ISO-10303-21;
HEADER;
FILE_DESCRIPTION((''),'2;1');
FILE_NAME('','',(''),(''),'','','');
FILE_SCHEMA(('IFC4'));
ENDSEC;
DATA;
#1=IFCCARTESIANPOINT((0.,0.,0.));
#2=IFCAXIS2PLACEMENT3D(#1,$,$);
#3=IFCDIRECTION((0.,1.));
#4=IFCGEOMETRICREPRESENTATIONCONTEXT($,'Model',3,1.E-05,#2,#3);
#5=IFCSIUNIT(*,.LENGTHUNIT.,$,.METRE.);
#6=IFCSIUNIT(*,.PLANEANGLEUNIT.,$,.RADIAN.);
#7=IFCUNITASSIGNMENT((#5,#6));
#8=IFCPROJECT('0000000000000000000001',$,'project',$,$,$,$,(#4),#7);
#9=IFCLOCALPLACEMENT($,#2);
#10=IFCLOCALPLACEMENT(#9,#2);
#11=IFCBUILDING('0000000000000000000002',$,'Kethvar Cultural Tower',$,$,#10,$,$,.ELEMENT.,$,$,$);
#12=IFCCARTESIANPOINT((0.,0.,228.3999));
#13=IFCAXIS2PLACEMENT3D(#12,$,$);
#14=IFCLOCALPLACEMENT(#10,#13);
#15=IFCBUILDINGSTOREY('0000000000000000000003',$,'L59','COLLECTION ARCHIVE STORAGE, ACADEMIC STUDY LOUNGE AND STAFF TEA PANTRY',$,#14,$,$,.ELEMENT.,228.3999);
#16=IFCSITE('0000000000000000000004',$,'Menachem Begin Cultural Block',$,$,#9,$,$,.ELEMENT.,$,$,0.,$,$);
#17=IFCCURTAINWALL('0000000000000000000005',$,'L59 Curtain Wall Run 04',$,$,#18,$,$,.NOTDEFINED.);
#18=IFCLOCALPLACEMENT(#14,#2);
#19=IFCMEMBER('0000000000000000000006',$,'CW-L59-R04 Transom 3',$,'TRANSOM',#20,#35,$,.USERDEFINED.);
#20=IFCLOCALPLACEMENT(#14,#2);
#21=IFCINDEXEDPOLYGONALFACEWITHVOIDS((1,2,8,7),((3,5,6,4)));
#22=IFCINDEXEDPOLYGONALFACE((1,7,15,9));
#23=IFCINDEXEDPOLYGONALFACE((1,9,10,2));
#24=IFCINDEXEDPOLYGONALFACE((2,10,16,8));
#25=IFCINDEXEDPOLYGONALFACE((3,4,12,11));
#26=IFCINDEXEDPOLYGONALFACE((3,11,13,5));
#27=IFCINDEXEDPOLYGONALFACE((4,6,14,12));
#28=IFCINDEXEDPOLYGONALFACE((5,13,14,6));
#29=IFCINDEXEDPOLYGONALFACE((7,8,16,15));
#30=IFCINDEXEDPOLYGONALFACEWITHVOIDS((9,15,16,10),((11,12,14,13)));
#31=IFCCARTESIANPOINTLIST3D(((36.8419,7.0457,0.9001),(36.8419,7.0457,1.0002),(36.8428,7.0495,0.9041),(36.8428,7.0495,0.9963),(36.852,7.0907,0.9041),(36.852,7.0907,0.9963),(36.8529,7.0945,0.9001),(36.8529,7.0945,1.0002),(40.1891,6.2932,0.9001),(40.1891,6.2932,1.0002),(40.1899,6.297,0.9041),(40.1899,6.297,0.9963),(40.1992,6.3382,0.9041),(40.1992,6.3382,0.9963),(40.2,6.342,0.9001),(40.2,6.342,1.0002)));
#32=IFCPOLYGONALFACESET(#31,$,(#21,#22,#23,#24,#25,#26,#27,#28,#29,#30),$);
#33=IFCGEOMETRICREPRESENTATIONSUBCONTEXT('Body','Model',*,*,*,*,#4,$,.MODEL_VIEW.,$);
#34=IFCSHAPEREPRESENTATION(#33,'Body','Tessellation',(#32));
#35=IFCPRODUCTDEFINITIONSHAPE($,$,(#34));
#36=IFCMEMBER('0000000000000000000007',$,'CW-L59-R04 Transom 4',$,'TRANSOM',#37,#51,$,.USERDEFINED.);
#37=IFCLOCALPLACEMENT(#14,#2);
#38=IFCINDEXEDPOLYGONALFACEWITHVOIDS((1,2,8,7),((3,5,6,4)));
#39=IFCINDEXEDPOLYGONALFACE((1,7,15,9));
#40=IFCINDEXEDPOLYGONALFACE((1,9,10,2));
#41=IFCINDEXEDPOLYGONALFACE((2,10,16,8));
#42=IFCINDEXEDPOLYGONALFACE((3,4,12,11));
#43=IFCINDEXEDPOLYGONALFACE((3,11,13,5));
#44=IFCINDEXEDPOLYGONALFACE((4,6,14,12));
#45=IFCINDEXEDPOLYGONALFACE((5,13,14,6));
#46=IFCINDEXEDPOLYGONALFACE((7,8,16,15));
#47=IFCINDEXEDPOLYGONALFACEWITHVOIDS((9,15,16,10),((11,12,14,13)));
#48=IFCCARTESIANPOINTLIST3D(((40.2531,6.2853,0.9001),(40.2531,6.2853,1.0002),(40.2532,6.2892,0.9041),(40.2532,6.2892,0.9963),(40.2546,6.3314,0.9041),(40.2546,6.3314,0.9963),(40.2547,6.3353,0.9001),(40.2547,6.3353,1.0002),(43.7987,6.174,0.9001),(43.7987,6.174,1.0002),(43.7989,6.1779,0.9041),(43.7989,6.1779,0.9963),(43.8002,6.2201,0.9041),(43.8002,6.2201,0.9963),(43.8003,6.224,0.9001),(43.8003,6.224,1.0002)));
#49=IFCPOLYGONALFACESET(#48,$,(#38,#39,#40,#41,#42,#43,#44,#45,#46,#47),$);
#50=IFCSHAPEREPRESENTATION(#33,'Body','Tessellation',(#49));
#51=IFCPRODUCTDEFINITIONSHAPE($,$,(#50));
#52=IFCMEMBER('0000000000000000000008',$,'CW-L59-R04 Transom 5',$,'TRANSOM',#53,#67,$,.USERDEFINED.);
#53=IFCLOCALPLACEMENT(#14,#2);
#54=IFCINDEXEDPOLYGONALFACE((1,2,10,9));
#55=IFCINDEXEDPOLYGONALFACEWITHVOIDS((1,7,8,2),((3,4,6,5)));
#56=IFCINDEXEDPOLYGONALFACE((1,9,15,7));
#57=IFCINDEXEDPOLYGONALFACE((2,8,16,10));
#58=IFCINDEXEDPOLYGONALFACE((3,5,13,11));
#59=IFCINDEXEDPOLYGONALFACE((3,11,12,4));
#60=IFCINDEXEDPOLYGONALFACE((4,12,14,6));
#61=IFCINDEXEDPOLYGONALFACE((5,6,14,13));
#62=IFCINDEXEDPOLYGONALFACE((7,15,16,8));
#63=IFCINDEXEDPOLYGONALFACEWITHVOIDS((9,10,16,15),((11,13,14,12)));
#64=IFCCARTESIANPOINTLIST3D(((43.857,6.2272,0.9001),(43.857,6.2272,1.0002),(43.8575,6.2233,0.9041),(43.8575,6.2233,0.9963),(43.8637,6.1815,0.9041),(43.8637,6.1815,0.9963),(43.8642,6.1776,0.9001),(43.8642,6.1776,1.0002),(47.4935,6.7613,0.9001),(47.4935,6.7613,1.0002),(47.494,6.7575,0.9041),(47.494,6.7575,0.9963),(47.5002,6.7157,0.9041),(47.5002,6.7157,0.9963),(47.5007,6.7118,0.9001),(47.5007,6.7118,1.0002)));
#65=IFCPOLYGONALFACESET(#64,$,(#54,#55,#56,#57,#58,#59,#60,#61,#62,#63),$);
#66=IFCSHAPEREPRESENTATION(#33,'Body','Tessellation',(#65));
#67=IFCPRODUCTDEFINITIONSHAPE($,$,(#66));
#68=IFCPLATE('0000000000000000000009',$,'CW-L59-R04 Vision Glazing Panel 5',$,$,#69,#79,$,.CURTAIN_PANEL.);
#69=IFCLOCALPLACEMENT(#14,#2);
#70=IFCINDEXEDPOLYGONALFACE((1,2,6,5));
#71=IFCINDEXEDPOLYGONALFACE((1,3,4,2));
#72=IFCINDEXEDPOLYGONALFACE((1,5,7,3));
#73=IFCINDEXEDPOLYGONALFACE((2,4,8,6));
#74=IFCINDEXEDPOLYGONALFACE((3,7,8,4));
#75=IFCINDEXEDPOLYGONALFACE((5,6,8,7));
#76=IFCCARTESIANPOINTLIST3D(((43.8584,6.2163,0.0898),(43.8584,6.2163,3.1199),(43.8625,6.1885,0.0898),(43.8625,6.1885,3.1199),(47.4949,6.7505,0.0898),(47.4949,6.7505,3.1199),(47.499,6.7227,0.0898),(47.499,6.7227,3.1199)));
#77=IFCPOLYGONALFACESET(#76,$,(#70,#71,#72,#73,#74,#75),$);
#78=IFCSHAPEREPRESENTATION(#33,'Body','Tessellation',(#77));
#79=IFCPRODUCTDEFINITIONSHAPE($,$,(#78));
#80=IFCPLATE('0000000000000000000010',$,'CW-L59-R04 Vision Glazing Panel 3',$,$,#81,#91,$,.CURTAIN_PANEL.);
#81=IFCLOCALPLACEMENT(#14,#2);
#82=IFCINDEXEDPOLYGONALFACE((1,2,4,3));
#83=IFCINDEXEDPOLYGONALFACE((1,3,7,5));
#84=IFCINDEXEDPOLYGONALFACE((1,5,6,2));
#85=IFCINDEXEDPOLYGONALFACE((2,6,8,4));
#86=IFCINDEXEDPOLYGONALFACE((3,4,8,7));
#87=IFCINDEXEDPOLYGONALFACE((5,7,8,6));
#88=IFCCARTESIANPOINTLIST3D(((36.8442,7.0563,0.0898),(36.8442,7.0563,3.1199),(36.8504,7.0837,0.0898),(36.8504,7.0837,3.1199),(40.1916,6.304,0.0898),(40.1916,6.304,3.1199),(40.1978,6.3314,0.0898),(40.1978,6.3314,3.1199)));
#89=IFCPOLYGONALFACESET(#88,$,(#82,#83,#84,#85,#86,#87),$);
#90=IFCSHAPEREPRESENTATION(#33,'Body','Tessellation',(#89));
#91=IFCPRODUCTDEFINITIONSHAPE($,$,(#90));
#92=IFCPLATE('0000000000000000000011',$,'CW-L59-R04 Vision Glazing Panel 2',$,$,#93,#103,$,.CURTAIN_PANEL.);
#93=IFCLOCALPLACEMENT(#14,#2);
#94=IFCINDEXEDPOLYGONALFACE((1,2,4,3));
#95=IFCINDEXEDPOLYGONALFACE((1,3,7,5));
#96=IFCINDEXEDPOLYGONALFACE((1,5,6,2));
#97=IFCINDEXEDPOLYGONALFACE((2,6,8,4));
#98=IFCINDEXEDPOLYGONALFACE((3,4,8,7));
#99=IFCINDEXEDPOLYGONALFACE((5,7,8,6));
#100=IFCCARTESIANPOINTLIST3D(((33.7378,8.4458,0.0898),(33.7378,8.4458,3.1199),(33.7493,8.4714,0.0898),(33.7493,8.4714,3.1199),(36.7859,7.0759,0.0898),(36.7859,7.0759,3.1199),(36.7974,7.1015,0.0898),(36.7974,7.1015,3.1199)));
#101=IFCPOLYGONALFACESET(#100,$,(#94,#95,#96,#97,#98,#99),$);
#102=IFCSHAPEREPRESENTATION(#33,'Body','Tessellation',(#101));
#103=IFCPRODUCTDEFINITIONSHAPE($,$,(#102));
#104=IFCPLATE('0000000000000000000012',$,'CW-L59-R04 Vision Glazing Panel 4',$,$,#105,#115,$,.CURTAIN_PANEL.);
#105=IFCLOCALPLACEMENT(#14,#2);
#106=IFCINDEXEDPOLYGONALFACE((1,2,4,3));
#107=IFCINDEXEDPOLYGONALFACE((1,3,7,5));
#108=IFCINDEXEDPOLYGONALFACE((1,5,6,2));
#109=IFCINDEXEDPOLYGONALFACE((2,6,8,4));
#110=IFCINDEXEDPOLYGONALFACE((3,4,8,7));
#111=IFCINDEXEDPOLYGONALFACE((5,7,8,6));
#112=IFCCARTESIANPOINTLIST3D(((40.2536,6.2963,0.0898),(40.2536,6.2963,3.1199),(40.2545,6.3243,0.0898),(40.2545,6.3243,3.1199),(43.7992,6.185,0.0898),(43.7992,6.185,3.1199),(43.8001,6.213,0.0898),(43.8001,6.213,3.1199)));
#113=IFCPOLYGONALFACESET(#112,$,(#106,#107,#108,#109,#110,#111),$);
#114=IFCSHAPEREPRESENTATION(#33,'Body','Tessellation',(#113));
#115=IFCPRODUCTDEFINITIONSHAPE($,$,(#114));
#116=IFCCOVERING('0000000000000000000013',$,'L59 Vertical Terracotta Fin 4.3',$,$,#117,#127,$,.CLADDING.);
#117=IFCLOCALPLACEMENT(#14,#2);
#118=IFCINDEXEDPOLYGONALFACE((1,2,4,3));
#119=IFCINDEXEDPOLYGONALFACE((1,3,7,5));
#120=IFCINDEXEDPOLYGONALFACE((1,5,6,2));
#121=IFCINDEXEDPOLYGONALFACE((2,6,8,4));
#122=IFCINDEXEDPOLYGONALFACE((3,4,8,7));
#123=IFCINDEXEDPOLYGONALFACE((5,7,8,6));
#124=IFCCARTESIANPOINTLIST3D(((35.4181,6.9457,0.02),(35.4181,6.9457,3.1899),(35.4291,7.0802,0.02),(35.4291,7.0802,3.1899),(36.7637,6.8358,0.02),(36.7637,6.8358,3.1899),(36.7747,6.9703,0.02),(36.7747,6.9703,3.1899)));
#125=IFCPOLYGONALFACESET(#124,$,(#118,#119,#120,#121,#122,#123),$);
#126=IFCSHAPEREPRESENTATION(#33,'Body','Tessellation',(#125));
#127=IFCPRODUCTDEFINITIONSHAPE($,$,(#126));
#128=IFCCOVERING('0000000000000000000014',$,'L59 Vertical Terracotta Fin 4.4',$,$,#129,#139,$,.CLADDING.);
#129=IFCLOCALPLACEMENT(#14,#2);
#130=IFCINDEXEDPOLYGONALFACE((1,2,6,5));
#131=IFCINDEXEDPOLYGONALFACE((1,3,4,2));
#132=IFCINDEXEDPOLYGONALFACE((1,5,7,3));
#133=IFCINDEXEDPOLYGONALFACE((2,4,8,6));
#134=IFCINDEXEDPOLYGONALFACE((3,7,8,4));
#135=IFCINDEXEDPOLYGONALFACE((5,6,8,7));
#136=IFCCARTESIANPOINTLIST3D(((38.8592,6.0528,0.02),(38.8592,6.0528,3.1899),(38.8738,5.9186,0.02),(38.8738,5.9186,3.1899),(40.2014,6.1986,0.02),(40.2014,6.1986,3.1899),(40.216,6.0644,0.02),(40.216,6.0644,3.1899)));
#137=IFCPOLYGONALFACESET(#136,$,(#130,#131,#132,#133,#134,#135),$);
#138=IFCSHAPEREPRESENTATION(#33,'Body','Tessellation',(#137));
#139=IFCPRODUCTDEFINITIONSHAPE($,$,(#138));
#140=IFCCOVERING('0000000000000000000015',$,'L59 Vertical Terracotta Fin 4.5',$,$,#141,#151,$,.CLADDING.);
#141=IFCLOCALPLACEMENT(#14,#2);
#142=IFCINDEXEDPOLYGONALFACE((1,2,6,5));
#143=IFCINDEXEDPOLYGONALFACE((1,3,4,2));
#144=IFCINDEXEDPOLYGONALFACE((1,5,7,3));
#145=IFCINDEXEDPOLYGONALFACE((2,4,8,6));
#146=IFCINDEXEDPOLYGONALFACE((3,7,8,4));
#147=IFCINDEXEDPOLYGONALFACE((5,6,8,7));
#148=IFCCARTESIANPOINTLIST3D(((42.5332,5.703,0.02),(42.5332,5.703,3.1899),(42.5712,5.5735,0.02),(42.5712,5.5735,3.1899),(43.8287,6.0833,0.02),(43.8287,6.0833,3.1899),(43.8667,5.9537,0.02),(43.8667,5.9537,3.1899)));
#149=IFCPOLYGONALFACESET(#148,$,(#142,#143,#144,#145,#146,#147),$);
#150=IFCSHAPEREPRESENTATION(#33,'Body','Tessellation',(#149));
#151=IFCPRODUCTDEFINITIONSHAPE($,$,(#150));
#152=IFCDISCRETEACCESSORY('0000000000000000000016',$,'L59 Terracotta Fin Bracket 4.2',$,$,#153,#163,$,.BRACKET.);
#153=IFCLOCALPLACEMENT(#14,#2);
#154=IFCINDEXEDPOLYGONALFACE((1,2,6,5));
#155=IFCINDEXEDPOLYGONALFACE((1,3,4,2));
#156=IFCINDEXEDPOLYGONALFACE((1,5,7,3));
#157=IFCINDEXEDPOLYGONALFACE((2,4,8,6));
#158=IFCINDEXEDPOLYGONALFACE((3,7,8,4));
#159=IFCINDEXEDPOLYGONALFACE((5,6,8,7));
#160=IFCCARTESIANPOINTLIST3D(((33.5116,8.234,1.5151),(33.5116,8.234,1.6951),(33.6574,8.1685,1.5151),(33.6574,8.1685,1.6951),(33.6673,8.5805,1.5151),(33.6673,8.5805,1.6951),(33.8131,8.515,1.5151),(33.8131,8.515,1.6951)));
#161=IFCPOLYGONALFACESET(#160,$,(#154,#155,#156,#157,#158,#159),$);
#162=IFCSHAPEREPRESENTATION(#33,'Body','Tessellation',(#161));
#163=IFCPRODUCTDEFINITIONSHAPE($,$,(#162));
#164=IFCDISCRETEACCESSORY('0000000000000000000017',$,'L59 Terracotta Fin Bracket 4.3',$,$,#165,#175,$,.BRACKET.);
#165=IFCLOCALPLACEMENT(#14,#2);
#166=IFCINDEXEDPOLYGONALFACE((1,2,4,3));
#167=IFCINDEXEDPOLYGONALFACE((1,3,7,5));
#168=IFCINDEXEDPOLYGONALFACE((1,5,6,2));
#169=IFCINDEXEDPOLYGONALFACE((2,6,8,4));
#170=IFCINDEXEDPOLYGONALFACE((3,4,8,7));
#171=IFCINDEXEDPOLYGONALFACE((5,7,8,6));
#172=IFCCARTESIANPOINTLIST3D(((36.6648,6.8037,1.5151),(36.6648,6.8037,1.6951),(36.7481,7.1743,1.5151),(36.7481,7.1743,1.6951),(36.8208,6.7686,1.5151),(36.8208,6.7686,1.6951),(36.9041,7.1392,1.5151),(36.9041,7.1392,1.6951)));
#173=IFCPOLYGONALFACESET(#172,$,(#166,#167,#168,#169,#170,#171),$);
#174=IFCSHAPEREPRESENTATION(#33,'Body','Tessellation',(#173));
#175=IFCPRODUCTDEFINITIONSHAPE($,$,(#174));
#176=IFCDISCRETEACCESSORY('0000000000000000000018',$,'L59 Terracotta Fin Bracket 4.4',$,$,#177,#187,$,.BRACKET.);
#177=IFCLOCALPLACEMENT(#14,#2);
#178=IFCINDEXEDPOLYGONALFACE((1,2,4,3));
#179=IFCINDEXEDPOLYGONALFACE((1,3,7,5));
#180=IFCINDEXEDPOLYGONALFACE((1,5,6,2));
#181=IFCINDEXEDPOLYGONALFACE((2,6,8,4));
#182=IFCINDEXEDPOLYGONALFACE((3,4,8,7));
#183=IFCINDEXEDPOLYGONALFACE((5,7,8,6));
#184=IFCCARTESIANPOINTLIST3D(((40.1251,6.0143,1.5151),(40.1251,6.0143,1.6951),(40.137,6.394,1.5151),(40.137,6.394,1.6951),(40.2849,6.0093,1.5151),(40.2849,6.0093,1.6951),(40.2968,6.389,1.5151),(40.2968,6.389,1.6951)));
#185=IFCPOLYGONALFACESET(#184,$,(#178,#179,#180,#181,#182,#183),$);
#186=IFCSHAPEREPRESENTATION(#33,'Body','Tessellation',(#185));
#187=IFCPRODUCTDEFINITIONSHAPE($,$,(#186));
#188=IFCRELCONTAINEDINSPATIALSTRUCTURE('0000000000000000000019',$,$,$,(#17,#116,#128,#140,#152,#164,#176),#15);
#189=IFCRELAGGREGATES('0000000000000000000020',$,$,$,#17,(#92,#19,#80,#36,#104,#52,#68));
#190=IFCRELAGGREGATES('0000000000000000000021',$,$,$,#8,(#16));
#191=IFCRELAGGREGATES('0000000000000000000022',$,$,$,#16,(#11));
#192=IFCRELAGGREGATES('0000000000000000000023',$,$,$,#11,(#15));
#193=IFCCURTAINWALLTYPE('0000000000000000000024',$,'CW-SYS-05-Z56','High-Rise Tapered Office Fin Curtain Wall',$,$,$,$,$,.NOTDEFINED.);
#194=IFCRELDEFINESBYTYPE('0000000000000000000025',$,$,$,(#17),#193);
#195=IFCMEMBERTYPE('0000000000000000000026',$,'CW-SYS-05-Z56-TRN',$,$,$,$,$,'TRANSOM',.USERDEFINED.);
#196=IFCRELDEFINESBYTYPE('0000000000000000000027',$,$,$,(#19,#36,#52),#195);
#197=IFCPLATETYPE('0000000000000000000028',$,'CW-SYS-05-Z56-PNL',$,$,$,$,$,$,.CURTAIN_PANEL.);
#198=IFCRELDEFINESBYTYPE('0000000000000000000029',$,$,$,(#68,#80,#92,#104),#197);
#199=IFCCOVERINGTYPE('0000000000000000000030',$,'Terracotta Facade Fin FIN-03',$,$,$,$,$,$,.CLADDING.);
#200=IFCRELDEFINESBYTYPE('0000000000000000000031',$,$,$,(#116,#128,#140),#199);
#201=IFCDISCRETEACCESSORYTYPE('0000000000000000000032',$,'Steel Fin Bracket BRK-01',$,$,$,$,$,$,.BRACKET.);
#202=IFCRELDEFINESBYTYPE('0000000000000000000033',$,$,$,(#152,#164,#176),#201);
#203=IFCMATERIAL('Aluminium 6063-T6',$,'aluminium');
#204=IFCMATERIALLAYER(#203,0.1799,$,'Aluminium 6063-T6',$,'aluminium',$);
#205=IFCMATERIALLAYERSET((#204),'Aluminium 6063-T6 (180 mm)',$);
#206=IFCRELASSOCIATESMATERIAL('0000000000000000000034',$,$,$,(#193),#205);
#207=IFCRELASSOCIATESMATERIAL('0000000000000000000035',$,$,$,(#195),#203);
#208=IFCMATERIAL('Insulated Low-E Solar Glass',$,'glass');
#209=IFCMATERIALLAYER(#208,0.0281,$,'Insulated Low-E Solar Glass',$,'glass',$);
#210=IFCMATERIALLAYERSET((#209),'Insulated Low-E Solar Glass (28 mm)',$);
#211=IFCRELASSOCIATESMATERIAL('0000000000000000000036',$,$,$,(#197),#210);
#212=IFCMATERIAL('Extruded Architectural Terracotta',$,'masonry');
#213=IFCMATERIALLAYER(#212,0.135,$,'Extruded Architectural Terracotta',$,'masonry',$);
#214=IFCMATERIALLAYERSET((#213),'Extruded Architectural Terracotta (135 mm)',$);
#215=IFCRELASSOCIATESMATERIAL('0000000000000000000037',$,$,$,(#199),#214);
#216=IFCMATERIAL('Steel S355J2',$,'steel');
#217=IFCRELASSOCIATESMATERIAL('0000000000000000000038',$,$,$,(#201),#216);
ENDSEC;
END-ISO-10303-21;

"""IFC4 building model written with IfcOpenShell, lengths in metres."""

from ifc_helpers import new_model, si_unit, direction, frame, origin, origin_2d, place, context, subcontext, project, spatial, rectangle, hollow_rectangle, extrude, source, transform, mapped, material, layer, layer_set, material_profile, profile_set, type_object, element, aggregate, save


model = new_model("IFC4")

# Units and contexts
model_context = context("Model", 3, precision=1e-05, world=origin(), true_north=direction((0.0, 1.0)))
body_context = subcontext(model_context, "Body", "Model", "MODEL_VIEW")
ifc_project = project(units=[si_unit("LENGTHUNIT", "METRE"), si_unit("PLANEANGLEUNIT", "RADIAN")], contexts=[model_context])

# Site, building, storey
site_placement = place(None, origin())
site = spatial("IfcSite", under=ifc_project, at=site_placement, Name="Menachem Begin Cultural Block", CompositionType="ELEMENT", RefElevation=0.0)
building_placement = place(site_placement, origin())
building = spatial("IfcBuilding", under=site, at=building_placement, Name="Kethvar Cultural Tower", CompositionType="ELEMENT")
storey_placement = place(building_placement, frame((0.0, 0.0, 228.3999)))
storey = spatial("IfcBuildingStorey", under=building, at=storey_placement, Name="L59", Description="COLLECTION ARCHIVE STORAGE, ACADEMIC STUDY LOUNGE AND STAFF TEA PANTRY", CompositionType="ELEMENT", Elevation=228.3999)

# Shared definitions
ifc_material_1 = material(Name="Steel S355J2", Category="steel")

# Curtain wall, members, plates
ifc_material_2 = material(Name="Aluminium 6063-T6", Category="aluminium")
ifc_layer_1 = layer(ifc_material_2, 0.1799, Name="Aluminium 6063-T6", Category="aluminium")
ifc_layer_set_1 = layer_set([ifc_layer_1], Name="Aluminium 6063-T6 (180 mm)")
curtain_wall_type = type_object("IfcCurtainWallType", Name="CW-SYS-05-Z56", Description="High-Rise Tapered Office Fin Curtain Wall", PredefinedType="NOTDEFINED", material=ifc_layer_set_1)
curtain_wall_placement = place(storey_placement, origin())
curtain_wall = element("IfcCurtainWall", 1, at=curtain_wall_placement, inside=storey, type_object=curtain_wall_type, Name="L59 Curtain Wall Run 04", PredefinedType="NOTDEFINED")
ifc_material_profile_1 = material_profile(ifc_material_2, hollow_rectangle(XDim=0.05, YDim=0.1001, WallThickness=0.0039, at=origin_2d()), Name="Aluminium 6063-T6 — RHS100x50x4")
ifc_profile_set_1 = profile_set([ifc_material_profile_1], Name="Aluminium 6063-T6 — RHS100x50x4")
member_type_1 = type_object("IfcMemberType", Name="CW-SYS-05-Z56-TRN", ElementType="TRANSOM", PredefinedType="USERDEFINED", material=ifc_profile_set_1)
shared_shape_1 = source(origin(), body_context, "Body", "SweptSolid", [
    extrude(hollow_rectangle(XDim=0.05, YDim=0.1001, WallThickness=0.0039, at=origin_2d()), origin(), (0.0, 0.0, 1.0), 3.4307),
])
member_1_placement = place(storey_placement, frame((36.8474, 7.0701, 0.9502), z_axis=(0.975652, -0.219326, 0.0), x_axis=(0.219326, 0.975652, 0.0)))
member_1 = element("IfcMember", 2, at=member_1_placement, type_object=member_type_1, Name="CW-L59-R04 Transom 3", ObjectType="TRANSOM", PredefinedType="USERDEFINED", context=body_context, shape_type="MappedRepresentation", body=[
    mapped(shared_shape_1, transform((0.0, 0.0, 0.0), scale=1.0)),
])
shared_shape_2 = source(origin(), body_context, "Body", "SweptSolid", [
    extrude(hollow_rectangle(XDim=0.05, YDim=0.1001, WallThickness=0.0039, at=origin_2d()), origin(), (0.0, 0.0, 1.0), 3.5474),
])
member_2_placement = place(storey_placement, frame((40.2539, 6.3103, 0.9502), z_axis=(0.999507, -0.031383, 0.0), x_axis=(0.031383, 0.999507, 0.0)))
member_2 = element("IfcMember", 3, at=member_2_placement, type_object=member_type_1, Name="CW-L59-R04 Transom 4", ObjectType="TRANSOM", PredefinedType="USERDEFINED", context=body_context, shape_type="MappedRepresentation", body=[
    mapped(shared_shape_2, transform((0.0, 0.0, 0.0), scale=1.0)),
])
shared_shape_3 = source(origin(), body_context, "Body", "SweptSolid", [
    extrude(hollow_rectangle(XDim=0.05, YDim=0.1001, WallThickness=0.0039, at=origin_2d()), origin(), (0.0, 0.0, 1.0), 3.6755),
])
member_3_placement = place(storey_placement, frame((43.8606, 6.2024, 0.9502), z_axis=(0.989382, 0.145335, 0.0), x_axis=(-0.145335, 0.989382, 0.0)))
member_3 = element("IfcMember", 4, at=member_3_placement, type_object=member_type_1, Name="CW-L59-R04 Transom 5", ObjectType="TRANSOM", PredefinedType="USERDEFINED", context=body_context, shape_type="MappedRepresentation", body=[
    mapped(shared_shape_3, transform((0.0, 0.0, 0.0), scale=1.0)),
])
ifc_material_3 = material(Name="Insulated Low-E Solar Glass", Category="glass")
ifc_layer_2 = layer(ifc_material_3, 0.0281, Name="Insulated Low-E Solar Glass", Category="glass")
ifc_layer_set_2 = layer_set([ifc_layer_2], Name="Insulated Low-E Solar Glass (28 mm)")
plate_type = type_object("IfcPlateType", Name="CW-SYS-05-Z56-PNL", PredefinedType="CURTAIN_PANEL", material=ifc_layer_set_2)
shared_shape_4 = source(origin(), body_context, "Body", "SweptSolid", [
    extrude(rectangle(XDim=3.6755, YDim=0.0281, at=origin_2d()), origin(), (0.0, 0.0, 1.0), 3.03),
])
plate_1_placement = place(storey_placement, frame((45.6787, 6.4695, 0.0898), z_axis=(0.0, 0.0, 1.0), x_axis=(0.989382, 0.145341, 0.0)))
plate_1 = element("IfcPlate", 5, at=plate_1_placement, type_object=plate_type, Name="CW-L59-R04 Vision Glazing Panel 5", PredefinedType="CURTAIN_PANEL", context=body_context, shape_type="MappedRepresentation", body=[
    mapped(shared_shape_4, transform((0.0, 0.0, 0.0), scale=1.0)),
])
shared_shape_5 = source(origin(), body_context, "Body", "SweptSolid", [
    extrude(rectangle(XDim=3.4309, YDim=0.0281, at=origin_2d()), origin(), (0.0, 0.0, 1.0), 3.03),
])
plate_2_placement = place(storey_placement, frame((38.521, 6.6938, 0.0898), z_axis=(0.0, 0.0, 1.0), x_axis=(0.975661, -0.219284, 0.0)))
plate_2 = element("IfcPlate", 6, at=plate_2_placement, type_object=plate_type, Name="CW-L59-R04 Vision Glazing Panel 3", PredefinedType="CURTAIN_PANEL", context=body_context, shape_type="MappedRepresentation", body=[
    mapped(shared_shape_5, transform((0.0, 0.0, 0.0), scale=1.0)),
])
shared_shape_6 = source(origin(), body_context, "Body", "SweptSolid", [
    extrude(rectangle(XDim=3.3418, YDim=0.0281, at=origin_2d()), origin(), (0.0, 0.0, 1.0), 3.03),
])
plate_3_placement = place(storey_placement, frame((35.2676, 7.7737, 0.0898), z_axis=(0.0, 0.0, 1.0), x_axis=(0.91212, -0.409923, 0.0)))
plate_3 = element("IfcPlate", 7, at=plate_3_placement, type_object=plate_type, Name="CW-L59-R04 Vision Glazing Panel 2", PredefinedType="CURTAIN_PANEL", context=body_context, shape_type="MappedRepresentation", body=[
    mapped(shared_shape_6, transform((0.0, 0.0, 0.0), scale=1.0)),
])
shared_shape_7 = source(origin(), body_context, "Body", "SweptSolid", [
    extrude(rectangle(XDim=3.5474, YDim=0.0281, at=origin_2d()), origin(), (0.0, 0.0, 1.0), 3.03),
])
plate_4_placement = place(storey_placement, frame((42.0269, 6.2546, 0.0898), z_axis=(0.0, 0.0, 1.0), x_axis=(0.999508, -0.031376, 0.0)))
plate_4 = element("IfcPlate", 8, at=plate_4_placement, type_object=plate_type, Name="CW-L59-R04 Vision Glazing Panel 4", PredefinedType="CURTAIN_PANEL", context=body_context, shape_type="MappedRepresentation", body=[
    mapped(shared_shape_7, transform((0.0, 0.0, 0.0), scale=1.0)),
])
aggregate(curtain_wall, [plate_3, member_1, plate_2, member_2, plate_4, member_3, plate_1])

# Coverings
ifc_material_4 = material(Name="Extruded Architectural Terracotta", Category="masonry")
ifc_layer_3 = layer(ifc_material_4, 0.135, Name="Extruded Architectural Terracotta", Category="masonry")
ifc_layer_set_3 = layer_set([ifc_layer_3], Name="Extruded Architectural Terracotta (135 mm)")
covering_type = type_object("IfcCoveringType", Name="Terracotta Facade Fin FIN-03", PredefinedType="CLADDING", material=ifc_layer_set_3)
shared_shape_8 = source(origin(), body_context, "Body", "SweptSolid", [
    extrude(rectangle(XDim=1.3501, YDim=0.135, at=origin_2d()), origin(), (0.0, 0.0, 1.0), 3.1699),
])
for number, where, z_axis, x_axis, name in (
    (9, (36.0964, 6.958, 0.02), (0.0, 0.0, 1.0), (-0.99668, 0.081417, 0.0), "L59 Vertical Terracotta Fin 4.3"),
    (10, (39.5376, 6.0586, 0.02), (0.0, 0.0, 1.0), (-0.994151, -0.107999, 0.0), "L59 Vertical Terracotta Fin 4.4"),
    (11, (43.2, 5.8284, 0.02), (0.0, 0.0, 1.0), (-0.959511, -0.281672, 0.0), "L59 Vertical Terracotta Fin 4.5"),
):
    element("IfcCovering", number, at=place(storey_placement, frame(where, z_axis=z_axis, x_axis=x_axis)), inside=storey, type_object=covering_type, Name=name, PredefinedType="CLADDING", context=body_context, shape_type="MappedRepresentation", body=[
        mapped(shared_shape_8, transform((0.0, 0.0, 0.0), scale=1.0)),
    ])

# Discrete accessories
discrete_accessory_type = type_object("IfcDiscreteAccessoryType", Name="Steel Fin Bracket BRK-01", PredefinedType="BRACKET", material=ifc_material_1)
shared_shape_9 = source(origin(), body_context, "Body", "SweptSolid", [
    extrude(rectangle(XDim=0.3799, YDim=0.1599, at=origin_2d()), origin(), (0.0, 0.0, 1.0), 0.1799),
])
for number, where, z_axis, x_axis, name in (
    (12, (33.6624, 8.3745, 1.5151), (0.0, 0.0, 1.0), (-0.409923, -0.91212, 0.0), "L59 Terracotta Fin Bracket 4.2"),
    (13, (36.7844, 6.9714, 1.5151), (0.0, 0.0, 1.0), (-0.219335, -0.97565, 0.0), "L59 Terracotta Fin Bracket 4.3"),
    (14, (40.2109, 6.2017, 1.5151), (0.0, 0.0, 1.0), (-0.031411, -0.999507, 0.0), "L59 Terracotta Fin Bracket 4.4"),
):
    element("IfcDiscreteAccessory", number, at=place(storey_placement, frame(where, z_axis=z_axis, x_axis=x_axis)), inside=storey, type_object=discrete_accessory_type, Name=name, PredefinedType="BRACKET", context=body_context, shape_type="MappedRepresentation", body=[
        mapped(shared_shape_9, transform((0.0, 0.0, 0.0), scale=1.0)),
    ])

save(model, "model.ifc")
